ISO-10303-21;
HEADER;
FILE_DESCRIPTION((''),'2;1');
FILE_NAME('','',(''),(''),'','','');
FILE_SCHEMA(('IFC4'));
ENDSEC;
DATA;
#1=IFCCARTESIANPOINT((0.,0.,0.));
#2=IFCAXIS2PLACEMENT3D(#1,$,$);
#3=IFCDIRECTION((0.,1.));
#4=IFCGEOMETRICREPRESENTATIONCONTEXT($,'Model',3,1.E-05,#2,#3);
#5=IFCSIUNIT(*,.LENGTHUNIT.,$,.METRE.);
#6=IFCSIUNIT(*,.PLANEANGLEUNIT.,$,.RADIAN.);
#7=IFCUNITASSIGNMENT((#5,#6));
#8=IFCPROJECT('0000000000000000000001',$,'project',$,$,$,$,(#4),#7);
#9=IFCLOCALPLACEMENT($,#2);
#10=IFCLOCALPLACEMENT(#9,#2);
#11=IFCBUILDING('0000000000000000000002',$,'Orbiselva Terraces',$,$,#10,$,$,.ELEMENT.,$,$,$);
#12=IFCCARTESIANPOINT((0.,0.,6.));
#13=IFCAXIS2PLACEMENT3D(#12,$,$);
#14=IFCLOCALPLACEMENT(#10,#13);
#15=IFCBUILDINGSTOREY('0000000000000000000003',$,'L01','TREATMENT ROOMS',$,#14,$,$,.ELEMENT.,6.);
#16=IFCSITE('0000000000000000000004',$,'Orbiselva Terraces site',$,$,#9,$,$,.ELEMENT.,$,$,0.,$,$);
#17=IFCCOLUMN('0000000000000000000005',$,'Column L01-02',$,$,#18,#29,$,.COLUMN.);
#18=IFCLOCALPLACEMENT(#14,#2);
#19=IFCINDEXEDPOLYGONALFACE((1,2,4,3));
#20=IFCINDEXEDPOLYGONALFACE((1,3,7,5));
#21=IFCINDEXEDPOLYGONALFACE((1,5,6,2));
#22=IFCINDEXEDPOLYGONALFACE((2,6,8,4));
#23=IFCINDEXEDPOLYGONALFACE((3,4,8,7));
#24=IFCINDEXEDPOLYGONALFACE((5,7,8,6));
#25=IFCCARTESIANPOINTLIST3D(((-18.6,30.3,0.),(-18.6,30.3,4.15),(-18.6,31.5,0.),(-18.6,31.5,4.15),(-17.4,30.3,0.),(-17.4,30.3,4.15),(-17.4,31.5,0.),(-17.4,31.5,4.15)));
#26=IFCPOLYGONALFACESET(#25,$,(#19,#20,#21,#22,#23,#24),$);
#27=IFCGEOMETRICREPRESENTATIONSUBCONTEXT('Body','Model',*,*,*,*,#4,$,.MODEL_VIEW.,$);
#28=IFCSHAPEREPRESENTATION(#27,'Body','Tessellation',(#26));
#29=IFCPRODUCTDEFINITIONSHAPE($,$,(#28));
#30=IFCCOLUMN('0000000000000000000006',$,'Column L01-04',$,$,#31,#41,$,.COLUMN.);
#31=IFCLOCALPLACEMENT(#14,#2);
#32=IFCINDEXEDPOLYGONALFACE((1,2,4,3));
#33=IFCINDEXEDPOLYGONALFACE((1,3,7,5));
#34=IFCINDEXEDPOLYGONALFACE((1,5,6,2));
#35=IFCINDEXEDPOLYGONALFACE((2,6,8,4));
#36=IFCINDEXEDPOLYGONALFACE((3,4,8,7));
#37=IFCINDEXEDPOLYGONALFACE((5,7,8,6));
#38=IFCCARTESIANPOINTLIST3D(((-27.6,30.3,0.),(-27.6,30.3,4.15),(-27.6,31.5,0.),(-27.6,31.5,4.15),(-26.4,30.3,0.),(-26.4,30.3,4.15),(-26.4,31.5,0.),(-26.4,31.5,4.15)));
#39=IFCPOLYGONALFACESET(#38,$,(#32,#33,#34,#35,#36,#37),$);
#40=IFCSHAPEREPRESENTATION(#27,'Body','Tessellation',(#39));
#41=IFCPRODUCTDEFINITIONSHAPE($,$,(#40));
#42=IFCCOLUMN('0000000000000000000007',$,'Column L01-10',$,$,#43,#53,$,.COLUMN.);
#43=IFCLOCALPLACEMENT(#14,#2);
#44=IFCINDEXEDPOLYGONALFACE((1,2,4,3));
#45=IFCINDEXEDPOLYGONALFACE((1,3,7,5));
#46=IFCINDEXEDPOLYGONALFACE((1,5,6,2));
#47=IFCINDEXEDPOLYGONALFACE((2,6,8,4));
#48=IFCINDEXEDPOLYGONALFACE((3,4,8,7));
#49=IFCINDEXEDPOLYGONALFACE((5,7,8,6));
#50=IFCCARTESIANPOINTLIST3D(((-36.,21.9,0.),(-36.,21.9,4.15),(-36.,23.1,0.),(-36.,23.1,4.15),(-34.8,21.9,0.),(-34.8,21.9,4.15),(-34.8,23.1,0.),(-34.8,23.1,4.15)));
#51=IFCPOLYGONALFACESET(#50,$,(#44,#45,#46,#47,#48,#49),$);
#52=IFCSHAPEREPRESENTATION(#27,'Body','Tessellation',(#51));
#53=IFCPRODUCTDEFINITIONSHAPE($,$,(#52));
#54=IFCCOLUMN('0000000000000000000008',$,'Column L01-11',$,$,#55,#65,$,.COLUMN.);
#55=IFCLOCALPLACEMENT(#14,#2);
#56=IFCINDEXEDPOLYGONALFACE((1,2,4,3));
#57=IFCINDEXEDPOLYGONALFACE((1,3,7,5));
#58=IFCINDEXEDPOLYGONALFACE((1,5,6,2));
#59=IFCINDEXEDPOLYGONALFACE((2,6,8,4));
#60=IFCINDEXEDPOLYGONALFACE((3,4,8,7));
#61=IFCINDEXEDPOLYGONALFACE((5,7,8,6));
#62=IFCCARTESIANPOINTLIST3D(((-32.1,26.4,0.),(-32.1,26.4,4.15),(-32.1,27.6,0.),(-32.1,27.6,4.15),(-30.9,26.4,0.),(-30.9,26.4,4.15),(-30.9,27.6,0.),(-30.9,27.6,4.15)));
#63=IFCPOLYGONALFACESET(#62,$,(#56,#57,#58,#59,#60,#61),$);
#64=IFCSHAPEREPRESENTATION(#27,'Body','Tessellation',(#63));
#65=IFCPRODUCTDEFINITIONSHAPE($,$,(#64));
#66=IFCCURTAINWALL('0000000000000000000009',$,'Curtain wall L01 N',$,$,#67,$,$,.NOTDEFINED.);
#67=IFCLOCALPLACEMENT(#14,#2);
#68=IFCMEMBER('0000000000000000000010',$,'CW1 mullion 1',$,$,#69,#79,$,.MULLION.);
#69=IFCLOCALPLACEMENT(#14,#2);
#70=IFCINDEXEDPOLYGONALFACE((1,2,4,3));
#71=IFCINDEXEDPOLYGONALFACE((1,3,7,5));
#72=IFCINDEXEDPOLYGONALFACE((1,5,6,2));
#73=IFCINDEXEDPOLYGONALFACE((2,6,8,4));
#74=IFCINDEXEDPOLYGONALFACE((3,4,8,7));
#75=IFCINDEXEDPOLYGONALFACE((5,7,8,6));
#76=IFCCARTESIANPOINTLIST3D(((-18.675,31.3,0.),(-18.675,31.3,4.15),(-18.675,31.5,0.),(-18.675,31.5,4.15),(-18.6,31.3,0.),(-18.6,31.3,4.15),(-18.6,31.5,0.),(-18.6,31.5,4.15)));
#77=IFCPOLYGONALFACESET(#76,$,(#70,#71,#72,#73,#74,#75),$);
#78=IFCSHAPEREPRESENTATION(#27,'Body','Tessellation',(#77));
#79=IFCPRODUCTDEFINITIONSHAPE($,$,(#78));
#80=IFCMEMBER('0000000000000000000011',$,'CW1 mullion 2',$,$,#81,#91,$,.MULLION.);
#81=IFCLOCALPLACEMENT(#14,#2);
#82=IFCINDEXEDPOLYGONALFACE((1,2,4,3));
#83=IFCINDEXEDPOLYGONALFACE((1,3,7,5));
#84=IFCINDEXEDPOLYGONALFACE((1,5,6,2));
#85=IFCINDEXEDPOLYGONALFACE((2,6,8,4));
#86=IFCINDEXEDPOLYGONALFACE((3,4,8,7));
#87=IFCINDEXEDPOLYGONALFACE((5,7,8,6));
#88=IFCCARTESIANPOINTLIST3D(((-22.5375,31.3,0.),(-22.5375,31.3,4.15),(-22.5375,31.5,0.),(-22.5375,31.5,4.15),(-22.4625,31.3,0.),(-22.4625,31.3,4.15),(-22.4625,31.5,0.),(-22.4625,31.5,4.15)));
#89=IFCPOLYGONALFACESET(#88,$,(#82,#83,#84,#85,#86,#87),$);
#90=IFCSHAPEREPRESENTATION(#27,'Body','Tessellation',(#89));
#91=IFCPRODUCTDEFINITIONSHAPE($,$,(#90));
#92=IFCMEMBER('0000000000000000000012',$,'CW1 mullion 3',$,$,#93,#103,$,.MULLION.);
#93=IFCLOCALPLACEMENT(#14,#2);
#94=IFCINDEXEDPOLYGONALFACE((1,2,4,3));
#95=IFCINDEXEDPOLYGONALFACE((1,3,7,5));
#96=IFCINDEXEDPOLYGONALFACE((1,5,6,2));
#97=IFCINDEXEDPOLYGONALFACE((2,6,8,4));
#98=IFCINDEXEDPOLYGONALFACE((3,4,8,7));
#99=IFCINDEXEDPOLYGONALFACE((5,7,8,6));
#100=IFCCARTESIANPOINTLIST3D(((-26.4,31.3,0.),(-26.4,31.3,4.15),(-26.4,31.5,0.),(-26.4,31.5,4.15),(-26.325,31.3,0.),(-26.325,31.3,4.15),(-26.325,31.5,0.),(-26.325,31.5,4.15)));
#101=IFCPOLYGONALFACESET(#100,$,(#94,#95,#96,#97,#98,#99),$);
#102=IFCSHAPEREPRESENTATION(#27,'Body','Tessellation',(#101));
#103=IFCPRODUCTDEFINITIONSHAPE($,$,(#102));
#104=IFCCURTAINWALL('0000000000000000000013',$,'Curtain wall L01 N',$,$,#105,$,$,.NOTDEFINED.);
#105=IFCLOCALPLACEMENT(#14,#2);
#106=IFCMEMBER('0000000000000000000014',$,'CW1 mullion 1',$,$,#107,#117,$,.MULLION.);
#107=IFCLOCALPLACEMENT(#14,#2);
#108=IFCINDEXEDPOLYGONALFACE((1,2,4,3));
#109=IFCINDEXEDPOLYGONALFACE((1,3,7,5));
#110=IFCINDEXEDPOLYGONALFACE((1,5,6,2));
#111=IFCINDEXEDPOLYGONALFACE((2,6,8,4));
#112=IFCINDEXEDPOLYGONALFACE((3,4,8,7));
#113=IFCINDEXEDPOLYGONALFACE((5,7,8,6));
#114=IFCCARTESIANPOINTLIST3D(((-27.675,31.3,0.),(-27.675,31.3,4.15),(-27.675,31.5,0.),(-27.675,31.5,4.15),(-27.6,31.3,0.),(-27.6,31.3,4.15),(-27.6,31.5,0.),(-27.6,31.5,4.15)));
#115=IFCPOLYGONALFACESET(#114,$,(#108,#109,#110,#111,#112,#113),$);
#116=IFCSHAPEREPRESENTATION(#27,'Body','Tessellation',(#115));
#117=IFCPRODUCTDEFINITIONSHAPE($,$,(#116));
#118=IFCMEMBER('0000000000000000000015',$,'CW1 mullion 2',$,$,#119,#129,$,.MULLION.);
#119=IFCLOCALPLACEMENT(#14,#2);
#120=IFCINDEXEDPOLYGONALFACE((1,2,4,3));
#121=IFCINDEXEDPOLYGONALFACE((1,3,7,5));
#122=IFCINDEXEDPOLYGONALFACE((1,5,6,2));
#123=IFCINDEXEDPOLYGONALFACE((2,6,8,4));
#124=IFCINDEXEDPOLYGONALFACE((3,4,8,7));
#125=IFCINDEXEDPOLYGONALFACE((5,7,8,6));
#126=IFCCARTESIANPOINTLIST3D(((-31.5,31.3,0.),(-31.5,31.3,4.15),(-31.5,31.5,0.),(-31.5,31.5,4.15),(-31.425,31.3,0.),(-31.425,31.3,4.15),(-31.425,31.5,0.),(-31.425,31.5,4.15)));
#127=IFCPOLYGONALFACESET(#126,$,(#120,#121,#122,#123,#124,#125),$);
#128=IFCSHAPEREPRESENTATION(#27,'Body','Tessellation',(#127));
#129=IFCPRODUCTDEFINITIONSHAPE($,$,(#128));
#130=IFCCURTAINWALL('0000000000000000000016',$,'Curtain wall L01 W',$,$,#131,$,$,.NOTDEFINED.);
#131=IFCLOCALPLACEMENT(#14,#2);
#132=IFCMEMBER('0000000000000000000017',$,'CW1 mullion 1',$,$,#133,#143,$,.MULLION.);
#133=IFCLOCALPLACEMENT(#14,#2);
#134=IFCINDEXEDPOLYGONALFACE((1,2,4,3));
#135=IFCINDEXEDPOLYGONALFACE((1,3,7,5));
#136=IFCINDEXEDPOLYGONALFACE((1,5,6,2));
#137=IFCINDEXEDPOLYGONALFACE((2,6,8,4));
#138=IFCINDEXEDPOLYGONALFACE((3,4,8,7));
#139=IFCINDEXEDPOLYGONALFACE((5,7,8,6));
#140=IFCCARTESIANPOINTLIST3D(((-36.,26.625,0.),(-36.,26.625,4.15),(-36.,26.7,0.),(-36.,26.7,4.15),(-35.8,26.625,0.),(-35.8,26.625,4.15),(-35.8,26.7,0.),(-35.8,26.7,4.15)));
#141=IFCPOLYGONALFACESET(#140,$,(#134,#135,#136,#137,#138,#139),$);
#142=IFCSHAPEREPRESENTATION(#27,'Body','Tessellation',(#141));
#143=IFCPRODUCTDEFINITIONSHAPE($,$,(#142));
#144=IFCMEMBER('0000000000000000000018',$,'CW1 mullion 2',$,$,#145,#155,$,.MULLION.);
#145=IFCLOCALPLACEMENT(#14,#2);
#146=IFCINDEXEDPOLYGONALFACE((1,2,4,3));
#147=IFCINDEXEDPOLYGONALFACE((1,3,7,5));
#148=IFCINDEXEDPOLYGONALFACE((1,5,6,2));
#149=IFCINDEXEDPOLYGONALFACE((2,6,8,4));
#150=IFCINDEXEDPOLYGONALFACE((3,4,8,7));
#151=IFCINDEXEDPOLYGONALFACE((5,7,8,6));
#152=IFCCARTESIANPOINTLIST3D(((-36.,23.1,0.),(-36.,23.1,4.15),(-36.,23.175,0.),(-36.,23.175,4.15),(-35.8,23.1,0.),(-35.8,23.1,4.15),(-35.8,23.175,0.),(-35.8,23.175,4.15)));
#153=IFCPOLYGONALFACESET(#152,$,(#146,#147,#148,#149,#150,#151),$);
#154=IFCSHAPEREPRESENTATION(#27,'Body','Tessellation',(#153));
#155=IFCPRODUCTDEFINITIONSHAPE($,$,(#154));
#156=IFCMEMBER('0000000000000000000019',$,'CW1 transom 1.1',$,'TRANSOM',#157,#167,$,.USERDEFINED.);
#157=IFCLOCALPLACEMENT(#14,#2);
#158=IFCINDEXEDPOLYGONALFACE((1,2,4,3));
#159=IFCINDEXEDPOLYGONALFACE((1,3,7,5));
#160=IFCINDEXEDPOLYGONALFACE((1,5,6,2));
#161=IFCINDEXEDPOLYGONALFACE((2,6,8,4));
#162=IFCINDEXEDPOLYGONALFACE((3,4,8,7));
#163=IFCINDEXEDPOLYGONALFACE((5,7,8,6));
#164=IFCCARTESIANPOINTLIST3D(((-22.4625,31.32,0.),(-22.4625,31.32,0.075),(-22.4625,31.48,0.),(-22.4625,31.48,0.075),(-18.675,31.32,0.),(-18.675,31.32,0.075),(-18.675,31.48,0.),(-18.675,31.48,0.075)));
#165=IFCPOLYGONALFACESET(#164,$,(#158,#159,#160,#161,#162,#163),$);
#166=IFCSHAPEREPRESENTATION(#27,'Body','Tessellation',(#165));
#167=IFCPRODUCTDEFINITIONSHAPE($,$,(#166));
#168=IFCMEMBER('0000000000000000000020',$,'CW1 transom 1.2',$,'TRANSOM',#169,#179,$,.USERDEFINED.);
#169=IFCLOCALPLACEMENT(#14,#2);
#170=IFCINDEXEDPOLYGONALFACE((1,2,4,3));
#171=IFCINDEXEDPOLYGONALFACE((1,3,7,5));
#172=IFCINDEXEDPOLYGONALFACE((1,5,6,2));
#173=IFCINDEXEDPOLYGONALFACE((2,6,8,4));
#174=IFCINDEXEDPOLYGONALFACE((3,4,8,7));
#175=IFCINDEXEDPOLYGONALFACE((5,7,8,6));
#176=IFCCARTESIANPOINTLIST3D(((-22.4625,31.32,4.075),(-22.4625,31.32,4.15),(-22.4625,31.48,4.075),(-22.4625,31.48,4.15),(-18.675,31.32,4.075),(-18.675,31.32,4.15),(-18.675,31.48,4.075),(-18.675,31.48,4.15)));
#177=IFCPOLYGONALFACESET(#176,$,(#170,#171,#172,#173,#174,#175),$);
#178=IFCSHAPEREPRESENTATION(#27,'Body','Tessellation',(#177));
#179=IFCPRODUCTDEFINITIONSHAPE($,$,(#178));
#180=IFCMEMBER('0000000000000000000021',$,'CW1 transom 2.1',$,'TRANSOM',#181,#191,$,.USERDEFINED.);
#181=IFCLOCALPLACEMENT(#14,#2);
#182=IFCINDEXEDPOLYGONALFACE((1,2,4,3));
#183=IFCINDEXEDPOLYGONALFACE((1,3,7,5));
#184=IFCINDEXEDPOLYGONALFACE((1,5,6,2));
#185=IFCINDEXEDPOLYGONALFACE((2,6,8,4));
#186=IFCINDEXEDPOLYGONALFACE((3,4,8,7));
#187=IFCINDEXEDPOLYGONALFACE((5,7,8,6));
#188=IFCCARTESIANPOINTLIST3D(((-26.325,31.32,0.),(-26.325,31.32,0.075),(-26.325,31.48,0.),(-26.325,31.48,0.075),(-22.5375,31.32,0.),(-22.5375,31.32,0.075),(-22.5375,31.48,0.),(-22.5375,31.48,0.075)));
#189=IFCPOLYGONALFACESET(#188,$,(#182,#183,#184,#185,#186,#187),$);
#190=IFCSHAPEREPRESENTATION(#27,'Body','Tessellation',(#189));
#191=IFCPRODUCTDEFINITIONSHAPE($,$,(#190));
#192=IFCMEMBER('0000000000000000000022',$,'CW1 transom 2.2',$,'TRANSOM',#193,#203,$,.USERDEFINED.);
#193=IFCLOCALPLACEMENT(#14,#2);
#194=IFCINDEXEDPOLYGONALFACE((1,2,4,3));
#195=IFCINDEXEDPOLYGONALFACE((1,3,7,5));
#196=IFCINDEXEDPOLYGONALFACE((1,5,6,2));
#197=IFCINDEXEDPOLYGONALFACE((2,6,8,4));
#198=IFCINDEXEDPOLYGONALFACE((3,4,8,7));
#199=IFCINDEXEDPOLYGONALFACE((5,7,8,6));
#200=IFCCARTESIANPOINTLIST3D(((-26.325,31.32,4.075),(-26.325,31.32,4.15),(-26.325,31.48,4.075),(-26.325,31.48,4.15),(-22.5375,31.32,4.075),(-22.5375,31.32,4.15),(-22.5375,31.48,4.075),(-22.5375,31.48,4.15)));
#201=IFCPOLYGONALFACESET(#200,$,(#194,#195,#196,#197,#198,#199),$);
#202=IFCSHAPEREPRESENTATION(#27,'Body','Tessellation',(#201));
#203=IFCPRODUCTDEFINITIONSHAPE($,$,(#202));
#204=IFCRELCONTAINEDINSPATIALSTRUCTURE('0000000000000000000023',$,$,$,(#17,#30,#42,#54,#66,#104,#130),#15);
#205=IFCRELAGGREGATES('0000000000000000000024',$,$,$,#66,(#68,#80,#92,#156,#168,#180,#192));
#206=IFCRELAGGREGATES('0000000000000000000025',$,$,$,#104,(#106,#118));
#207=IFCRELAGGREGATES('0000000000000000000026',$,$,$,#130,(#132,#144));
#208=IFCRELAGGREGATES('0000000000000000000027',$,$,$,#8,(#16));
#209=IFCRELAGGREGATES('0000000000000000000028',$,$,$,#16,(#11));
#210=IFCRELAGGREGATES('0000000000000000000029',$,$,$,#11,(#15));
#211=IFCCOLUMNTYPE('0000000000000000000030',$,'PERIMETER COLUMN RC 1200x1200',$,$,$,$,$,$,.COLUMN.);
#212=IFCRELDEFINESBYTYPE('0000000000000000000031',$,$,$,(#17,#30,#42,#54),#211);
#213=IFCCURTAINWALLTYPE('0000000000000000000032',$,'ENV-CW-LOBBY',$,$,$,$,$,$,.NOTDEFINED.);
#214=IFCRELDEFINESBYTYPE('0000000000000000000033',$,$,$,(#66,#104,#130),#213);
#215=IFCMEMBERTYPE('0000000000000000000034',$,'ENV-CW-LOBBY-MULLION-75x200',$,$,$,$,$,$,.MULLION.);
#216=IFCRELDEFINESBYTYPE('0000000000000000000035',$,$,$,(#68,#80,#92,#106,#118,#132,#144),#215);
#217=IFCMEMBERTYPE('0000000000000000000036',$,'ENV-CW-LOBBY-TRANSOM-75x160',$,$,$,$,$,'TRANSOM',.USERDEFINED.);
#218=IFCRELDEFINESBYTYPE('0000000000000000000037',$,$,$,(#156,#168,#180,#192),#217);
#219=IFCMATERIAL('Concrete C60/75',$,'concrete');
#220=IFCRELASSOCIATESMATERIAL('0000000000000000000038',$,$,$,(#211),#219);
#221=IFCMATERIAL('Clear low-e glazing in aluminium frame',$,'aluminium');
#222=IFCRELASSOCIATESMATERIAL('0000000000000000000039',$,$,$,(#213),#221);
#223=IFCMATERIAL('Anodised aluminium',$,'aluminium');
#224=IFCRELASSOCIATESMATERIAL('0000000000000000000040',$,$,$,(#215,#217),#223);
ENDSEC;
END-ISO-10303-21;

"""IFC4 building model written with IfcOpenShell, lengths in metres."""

from ifc_helpers import new_model, si_unit, direction, frame, origin, origin_2d, place, context, subcontext, project, spatial, rectangle, extrude, material, material_profile, profile_set, type_object, element, aggregate, save


model = new_model("IFC4")

# Units and contexts
model_context = context("Model", 3, precision=1e-05, world=origin(), true_north=direction((0.0, 1.0)))
body_context = subcontext(model_context, "Body", "Model", "MODEL_VIEW")
ifc_project = project(units=[si_unit("LENGTHUNIT", "METRE"), si_unit("PLANEANGLEUNIT", "RADIAN")], contexts=[model_context])

# Site, building, storey
site_placement = place(None, origin())
site = spatial("IfcSite", under=ifc_project, at=site_placement, Name="Orbiselva Terraces site", CompositionType="ELEMENT", RefElevation=0.0)
building_placement = place(site_placement, origin())
building = spatial("IfcBuilding", under=site, at=building_placement, Name="Orbiselva Terraces", CompositionType="ELEMENT")
storey_placement = place(building_placement, frame((0.0, 0.0, 6.0)))
storey = spatial("IfcBuildingStorey", under=building, at=storey_placement, Name="L01", Description="TREATMENT ROOMS", CompositionType="ELEMENT", Elevation=6.0)

# Columns
ifc_material_1 = material(Name="Concrete C60/75", Category="concrete")
ifc_material_profile_1 = material_profile(ifc_material_1, rectangle(XDim=1.2, YDim=1.2, at=origin_2d()), Name="RC 1200x1200")
ifc_profile_set_1 = profile_set([ifc_material_profile_1], Name="Concrete C60/75")
column_type = type_object("IfcColumnType", Name="PERIMETER COLUMN RC 1200x1200", PredefinedType="COLUMN", material=ifc_profile_set_1)
for number, where, z_axis, x_axis, name in (
    (1, (-18.0, 30.9, 0.0), (0.0, 0.0, 1.0), (1.0, 0.0, 0.0), "Column L01-02"),
    (2, (-27.0, 30.9, 0.0), (0.0, 0.0, 1.0), (1.0, 0.0, 0.0), "Column L01-04"),
    (3, (-35.4, 22.5, 0.0), (0.0, 0.0, 1.0), (1.0, 0.0, 0.0), "Column L01-10"),
    (4, (-31.5, 27.0, 0.0), (0.0, 0.0, 1.0), (1.0, 0.0, 0.0), "Column L01-11"),
):
    element("IfcColumn", number, at=place(storey_placement, frame(where, z_axis=z_axis, x_axis=x_axis)), inside=storey, type_object=column_type, Name=name, PredefinedType="COLUMN", context=body_context, shape_type="SweptSolid", body=[
        extrude(rectangle(XDim=1.2, YDim=1.2, at=origin_2d()), origin(), (0.0, 0.0, 1.0), 4.15),
    ])

# Curtain walls, members
ifc_material_2 = material(Name="Clear low-e glazing in aluminium frame", Category="aluminium")
curtain_wall_type = type_object("IfcCurtainWallType", Name="ENV-CW-LOBBY", PredefinedType="NOTDEFINED", material=ifc_material_2)
curtain_wall_1_placement = place(storey_placement, origin())
curtain_wall_1 = element("IfcCurtainWall", 5, at=curtain_wall_1_placement, inside=storey, type_object=curtain_wall_type, Name="Curtain wall L01 N", PredefinedType="NOTDEFINED")
ifc_material_3 = material(Name="Anodised aluminium", Category="aluminium")
ifc_material_profile_2 = material_profile(ifc_material_3, rectangle(XDim=0.2, YDim=0.075, at=origin_2d()), Name="AL 75x200")
ifc_profile_set_2 = profile_set([ifc_material_profile_2], Name="Anodised aluminium")
member_type_1 = type_object("IfcMemberType", Name="ENV-CW-LOBBY-MULLION-75x200", PredefinedType="MULLION", material=ifc_profile_set_2)
member_1_placement = place(storey_placement, frame((-18.6375, 31.4, 0.0), z_axis=(0.0, 0.0, 1.0), x_axis=(0.0, -1.0, 0.0)))
member_1 = element("IfcMember", 6, at=member_1_placement, type_object=member_type_1, Name="CW1 mullion 1", PredefinedType="MULLION", context=body_context, shape_type="SweptSolid", body=[
    extrude(rectangle(XDim=0.2, YDim=0.075, at=origin_2d()), origin(), (0.0, 0.0, 1.0), 4.15),
])
member_2_placement = place(storey_placement, frame((-22.5, 31.4, 0.0), z_axis=(0.0, 0.0, 1.0), x_axis=(0.0, -1.0, 0.0)))
member_2 = element("IfcMember", 7, at=member_2_placement, type_object=member_type_1, Name="CW1 mullion 2", PredefinedType="MULLION", context=body_context, shape_type="SweptSolid", body=[
    extrude(rectangle(XDim=0.2, YDim=0.075, at=origin_2d()), origin(), (0.0, 0.0, 1.0), 4.15),
])
member_3_placement = place(storey_placement, frame((-26.3625, 31.4, 0.0), z_axis=(0.0, 0.0, 1.0), x_axis=(0.0, -1.0, 0.0)))
member_3 = element("IfcMember", 8, at=member_3_placement, type_object=member_type_1, Name="CW1 mullion 3", PredefinedType="MULLION", context=body_context, shape_type="SweptSolid", body=[
    extrude(rectangle(XDim=0.2, YDim=0.075, at=origin_2d()), origin(), (0.0, 0.0, 1.0), 4.15),
])
curtain_wall_2_placement = place(storey_placement, origin())
curtain_wall_2 = element("IfcCurtainWall", 9, at=curtain_wall_2_placement, inside=storey, type_object=curtain_wall_type, Name="Curtain wall L01 N", PredefinedType="NOTDEFINED")
member_4_placement = place(storey_placement, frame((-27.6375, 31.4, 0.0), z_axis=(0.0, 0.0, 1.0), x_axis=(0.0, -1.0, 0.0)))
member_4 = element("IfcMember", 10, at=member_4_placement, type_object=member_type_1, Name="CW1 mullion 1", PredefinedType="MULLION", context=body_context, shape_type="SweptSolid", body=[
    extrude(rectangle(XDim=0.2, YDim=0.075, at=origin_2d()), origin(), (0.0, 0.0, 1.0), 4.15),
])
member_5_placement = place(storey_placement, frame((-31.4625, 31.4, 0.0), z_axis=(0.0, 0.0, 1.0), x_axis=(0.0, -1.0, 0.0)))
member_5 = element("IfcMember", 11, at=member_5_placement, type_object=member_type_1, Name="CW1 mullion 2", PredefinedType="MULLION", context=body_context, shape_type="SweptSolid", body=[
    extrude(rectangle(XDim=0.2, YDim=0.075, at=origin_2d()), origin(), (0.0, 0.0, 1.0), 4.15),
])
curtain_wall_3_placement = place(storey_placement, origin())
curtain_wall_3 = element("IfcCurtainWall", 12, at=curtain_wall_3_placement, inside=storey, type_object=curtain_wall_type, Name="Curtain wall L01 W", PredefinedType="NOTDEFINED")
member_6_placement = place(storey_placement, frame((-35.9, 26.6625, 0.0), z_axis=(0.0, 0.0, 1.0), x_axis=(1.0, 0.0, 0.0)))
member_6 = element("IfcMember", 13, at=member_6_placement, type_object=member_type_1, Name="CW1 mullion 1", PredefinedType="MULLION", context=body_context, shape_type="SweptSolid", body=[
    extrude(rectangle(XDim=0.2, YDim=0.075, at=origin_2d()), origin(), (0.0, 0.0, 1.0), 4.15),
])
member_7_placement = place(storey_placement, frame((-35.9, 23.1375, 0.0), z_axis=(0.0, 0.0, 1.0), x_axis=(1.0, 0.0, 0.0)))
member_7 = element("IfcMember", 14, at=member_7_placement, type_object=member_type_1, Name="CW1 mullion 2", PredefinedType="MULLION", context=body_context, shape_type="SweptSolid", body=[
    extrude(rectangle(XDim=0.2, YDim=0.075, at=origin_2d()), origin(), (0.0, 0.0, 1.0), 4.15),
])

# Members
ifc_material_profile_3 = material_profile(ifc_material_3, rectangle(XDim=0.16, YDim=0.075, at=origin_2d()), Name="AL 75x160")
ifc_profile_set_3 = profile_set([ifc_material_profile_3], Name="Anodised aluminium")
member_type_2 = type_object("IfcMemberType", Name="ENV-CW-LOBBY-TRANSOM-75x160", ElementType="TRANSOM", PredefinedType="USERDEFINED", material=ifc_profile_set_3)
member_8_placement = place(storey_placement, frame((-18.675, 31.4, 0.0375), z_axis=(-1.0, 0.0, 0.0), x_axis=(0.0, -1.0, 0.0)))
member_8 = element("IfcMember", 15, at=member_8_placement, type_object=member_type_2, Name="CW1 transom 1.1", ObjectType="TRANSOM", PredefinedType="USERDEFINED", context=body_context, shape_type="SweptSolid", body=[
    extrude(rectangle(XDim=0.16, YDim=0.075, at=origin_2d()), origin(), (0.0, 0.0, 1.0), 3.7875),
])
member_9_placement = place(storey_placement, frame((-18.675, 31.4, 4.1125), z_axis=(-1.0, 0.0, 0.0), x_axis=(0.0, -1.0, 0.0)))
member_9 = element("IfcMember", 16, at=member_9_placement, type_object=member_type_2, Name="CW1 transom 1.2", ObjectType="TRANSOM", PredefinedType="USERDEFINED", context=body_context, shape_type="SweptSolid", body=[
    extrude(rectangle(XDim=0.16, YDim=0.075, at=origin_2d()), origin(), (0.0, 0.0, 1.0), 3.7875),
])
member_10_placement = place(storey_placement, frame((-22.5375, 31.4, 0.0375), z_axis=(-1.0, 0.0, 0.0), x_axis=(0.0, -1.0, 0.0)))
member_10 = element("IfcMember", 17, at=member_10_placement, type_object=member_type_2, Name="CW1 transom 2.1", ObjectType="TRANSOM", PredefinedType="USERDEFINED", context=body_context, shape_type="SweptSolid", body=[
    extrude(rectangle(XDim=0.16, YDim=0.075, at=origin_2d()), origin(), (0.0, 0.0, 1.0), 3.7875),
])
member_11_placement = place(storey_placement, frame((-22.5375, 31.4, 4.1125), z_axis=(-1.0, 0.0, 0.0), x_axis=(0.0, -1.0, 0.0)))
member_11 = element("IfcMember", 18, at=member_11_placement, type_object=member_type_2, Name="CW1 transom 2.2", ObjectType="TRANSOM", PredefinedType="USERDEFINED", context=body_context, shape_type="SweptSolid", body=[
    extrude(rectangle(XDim=0.16, YDim=0.075, at=origin_2d()), origin(), (0.0, 0.0, 1.0), 3.7875),
])

aggregate(curtain_wall_1, [member_1, member_2, member_3, member_8, member_9, member_10, member_11])
aggregate(curtain_wall_2, [member_4, member_5])
aggregate(curtain_wall_3, [member_6, member_7])

save(model, "model.ifc")
